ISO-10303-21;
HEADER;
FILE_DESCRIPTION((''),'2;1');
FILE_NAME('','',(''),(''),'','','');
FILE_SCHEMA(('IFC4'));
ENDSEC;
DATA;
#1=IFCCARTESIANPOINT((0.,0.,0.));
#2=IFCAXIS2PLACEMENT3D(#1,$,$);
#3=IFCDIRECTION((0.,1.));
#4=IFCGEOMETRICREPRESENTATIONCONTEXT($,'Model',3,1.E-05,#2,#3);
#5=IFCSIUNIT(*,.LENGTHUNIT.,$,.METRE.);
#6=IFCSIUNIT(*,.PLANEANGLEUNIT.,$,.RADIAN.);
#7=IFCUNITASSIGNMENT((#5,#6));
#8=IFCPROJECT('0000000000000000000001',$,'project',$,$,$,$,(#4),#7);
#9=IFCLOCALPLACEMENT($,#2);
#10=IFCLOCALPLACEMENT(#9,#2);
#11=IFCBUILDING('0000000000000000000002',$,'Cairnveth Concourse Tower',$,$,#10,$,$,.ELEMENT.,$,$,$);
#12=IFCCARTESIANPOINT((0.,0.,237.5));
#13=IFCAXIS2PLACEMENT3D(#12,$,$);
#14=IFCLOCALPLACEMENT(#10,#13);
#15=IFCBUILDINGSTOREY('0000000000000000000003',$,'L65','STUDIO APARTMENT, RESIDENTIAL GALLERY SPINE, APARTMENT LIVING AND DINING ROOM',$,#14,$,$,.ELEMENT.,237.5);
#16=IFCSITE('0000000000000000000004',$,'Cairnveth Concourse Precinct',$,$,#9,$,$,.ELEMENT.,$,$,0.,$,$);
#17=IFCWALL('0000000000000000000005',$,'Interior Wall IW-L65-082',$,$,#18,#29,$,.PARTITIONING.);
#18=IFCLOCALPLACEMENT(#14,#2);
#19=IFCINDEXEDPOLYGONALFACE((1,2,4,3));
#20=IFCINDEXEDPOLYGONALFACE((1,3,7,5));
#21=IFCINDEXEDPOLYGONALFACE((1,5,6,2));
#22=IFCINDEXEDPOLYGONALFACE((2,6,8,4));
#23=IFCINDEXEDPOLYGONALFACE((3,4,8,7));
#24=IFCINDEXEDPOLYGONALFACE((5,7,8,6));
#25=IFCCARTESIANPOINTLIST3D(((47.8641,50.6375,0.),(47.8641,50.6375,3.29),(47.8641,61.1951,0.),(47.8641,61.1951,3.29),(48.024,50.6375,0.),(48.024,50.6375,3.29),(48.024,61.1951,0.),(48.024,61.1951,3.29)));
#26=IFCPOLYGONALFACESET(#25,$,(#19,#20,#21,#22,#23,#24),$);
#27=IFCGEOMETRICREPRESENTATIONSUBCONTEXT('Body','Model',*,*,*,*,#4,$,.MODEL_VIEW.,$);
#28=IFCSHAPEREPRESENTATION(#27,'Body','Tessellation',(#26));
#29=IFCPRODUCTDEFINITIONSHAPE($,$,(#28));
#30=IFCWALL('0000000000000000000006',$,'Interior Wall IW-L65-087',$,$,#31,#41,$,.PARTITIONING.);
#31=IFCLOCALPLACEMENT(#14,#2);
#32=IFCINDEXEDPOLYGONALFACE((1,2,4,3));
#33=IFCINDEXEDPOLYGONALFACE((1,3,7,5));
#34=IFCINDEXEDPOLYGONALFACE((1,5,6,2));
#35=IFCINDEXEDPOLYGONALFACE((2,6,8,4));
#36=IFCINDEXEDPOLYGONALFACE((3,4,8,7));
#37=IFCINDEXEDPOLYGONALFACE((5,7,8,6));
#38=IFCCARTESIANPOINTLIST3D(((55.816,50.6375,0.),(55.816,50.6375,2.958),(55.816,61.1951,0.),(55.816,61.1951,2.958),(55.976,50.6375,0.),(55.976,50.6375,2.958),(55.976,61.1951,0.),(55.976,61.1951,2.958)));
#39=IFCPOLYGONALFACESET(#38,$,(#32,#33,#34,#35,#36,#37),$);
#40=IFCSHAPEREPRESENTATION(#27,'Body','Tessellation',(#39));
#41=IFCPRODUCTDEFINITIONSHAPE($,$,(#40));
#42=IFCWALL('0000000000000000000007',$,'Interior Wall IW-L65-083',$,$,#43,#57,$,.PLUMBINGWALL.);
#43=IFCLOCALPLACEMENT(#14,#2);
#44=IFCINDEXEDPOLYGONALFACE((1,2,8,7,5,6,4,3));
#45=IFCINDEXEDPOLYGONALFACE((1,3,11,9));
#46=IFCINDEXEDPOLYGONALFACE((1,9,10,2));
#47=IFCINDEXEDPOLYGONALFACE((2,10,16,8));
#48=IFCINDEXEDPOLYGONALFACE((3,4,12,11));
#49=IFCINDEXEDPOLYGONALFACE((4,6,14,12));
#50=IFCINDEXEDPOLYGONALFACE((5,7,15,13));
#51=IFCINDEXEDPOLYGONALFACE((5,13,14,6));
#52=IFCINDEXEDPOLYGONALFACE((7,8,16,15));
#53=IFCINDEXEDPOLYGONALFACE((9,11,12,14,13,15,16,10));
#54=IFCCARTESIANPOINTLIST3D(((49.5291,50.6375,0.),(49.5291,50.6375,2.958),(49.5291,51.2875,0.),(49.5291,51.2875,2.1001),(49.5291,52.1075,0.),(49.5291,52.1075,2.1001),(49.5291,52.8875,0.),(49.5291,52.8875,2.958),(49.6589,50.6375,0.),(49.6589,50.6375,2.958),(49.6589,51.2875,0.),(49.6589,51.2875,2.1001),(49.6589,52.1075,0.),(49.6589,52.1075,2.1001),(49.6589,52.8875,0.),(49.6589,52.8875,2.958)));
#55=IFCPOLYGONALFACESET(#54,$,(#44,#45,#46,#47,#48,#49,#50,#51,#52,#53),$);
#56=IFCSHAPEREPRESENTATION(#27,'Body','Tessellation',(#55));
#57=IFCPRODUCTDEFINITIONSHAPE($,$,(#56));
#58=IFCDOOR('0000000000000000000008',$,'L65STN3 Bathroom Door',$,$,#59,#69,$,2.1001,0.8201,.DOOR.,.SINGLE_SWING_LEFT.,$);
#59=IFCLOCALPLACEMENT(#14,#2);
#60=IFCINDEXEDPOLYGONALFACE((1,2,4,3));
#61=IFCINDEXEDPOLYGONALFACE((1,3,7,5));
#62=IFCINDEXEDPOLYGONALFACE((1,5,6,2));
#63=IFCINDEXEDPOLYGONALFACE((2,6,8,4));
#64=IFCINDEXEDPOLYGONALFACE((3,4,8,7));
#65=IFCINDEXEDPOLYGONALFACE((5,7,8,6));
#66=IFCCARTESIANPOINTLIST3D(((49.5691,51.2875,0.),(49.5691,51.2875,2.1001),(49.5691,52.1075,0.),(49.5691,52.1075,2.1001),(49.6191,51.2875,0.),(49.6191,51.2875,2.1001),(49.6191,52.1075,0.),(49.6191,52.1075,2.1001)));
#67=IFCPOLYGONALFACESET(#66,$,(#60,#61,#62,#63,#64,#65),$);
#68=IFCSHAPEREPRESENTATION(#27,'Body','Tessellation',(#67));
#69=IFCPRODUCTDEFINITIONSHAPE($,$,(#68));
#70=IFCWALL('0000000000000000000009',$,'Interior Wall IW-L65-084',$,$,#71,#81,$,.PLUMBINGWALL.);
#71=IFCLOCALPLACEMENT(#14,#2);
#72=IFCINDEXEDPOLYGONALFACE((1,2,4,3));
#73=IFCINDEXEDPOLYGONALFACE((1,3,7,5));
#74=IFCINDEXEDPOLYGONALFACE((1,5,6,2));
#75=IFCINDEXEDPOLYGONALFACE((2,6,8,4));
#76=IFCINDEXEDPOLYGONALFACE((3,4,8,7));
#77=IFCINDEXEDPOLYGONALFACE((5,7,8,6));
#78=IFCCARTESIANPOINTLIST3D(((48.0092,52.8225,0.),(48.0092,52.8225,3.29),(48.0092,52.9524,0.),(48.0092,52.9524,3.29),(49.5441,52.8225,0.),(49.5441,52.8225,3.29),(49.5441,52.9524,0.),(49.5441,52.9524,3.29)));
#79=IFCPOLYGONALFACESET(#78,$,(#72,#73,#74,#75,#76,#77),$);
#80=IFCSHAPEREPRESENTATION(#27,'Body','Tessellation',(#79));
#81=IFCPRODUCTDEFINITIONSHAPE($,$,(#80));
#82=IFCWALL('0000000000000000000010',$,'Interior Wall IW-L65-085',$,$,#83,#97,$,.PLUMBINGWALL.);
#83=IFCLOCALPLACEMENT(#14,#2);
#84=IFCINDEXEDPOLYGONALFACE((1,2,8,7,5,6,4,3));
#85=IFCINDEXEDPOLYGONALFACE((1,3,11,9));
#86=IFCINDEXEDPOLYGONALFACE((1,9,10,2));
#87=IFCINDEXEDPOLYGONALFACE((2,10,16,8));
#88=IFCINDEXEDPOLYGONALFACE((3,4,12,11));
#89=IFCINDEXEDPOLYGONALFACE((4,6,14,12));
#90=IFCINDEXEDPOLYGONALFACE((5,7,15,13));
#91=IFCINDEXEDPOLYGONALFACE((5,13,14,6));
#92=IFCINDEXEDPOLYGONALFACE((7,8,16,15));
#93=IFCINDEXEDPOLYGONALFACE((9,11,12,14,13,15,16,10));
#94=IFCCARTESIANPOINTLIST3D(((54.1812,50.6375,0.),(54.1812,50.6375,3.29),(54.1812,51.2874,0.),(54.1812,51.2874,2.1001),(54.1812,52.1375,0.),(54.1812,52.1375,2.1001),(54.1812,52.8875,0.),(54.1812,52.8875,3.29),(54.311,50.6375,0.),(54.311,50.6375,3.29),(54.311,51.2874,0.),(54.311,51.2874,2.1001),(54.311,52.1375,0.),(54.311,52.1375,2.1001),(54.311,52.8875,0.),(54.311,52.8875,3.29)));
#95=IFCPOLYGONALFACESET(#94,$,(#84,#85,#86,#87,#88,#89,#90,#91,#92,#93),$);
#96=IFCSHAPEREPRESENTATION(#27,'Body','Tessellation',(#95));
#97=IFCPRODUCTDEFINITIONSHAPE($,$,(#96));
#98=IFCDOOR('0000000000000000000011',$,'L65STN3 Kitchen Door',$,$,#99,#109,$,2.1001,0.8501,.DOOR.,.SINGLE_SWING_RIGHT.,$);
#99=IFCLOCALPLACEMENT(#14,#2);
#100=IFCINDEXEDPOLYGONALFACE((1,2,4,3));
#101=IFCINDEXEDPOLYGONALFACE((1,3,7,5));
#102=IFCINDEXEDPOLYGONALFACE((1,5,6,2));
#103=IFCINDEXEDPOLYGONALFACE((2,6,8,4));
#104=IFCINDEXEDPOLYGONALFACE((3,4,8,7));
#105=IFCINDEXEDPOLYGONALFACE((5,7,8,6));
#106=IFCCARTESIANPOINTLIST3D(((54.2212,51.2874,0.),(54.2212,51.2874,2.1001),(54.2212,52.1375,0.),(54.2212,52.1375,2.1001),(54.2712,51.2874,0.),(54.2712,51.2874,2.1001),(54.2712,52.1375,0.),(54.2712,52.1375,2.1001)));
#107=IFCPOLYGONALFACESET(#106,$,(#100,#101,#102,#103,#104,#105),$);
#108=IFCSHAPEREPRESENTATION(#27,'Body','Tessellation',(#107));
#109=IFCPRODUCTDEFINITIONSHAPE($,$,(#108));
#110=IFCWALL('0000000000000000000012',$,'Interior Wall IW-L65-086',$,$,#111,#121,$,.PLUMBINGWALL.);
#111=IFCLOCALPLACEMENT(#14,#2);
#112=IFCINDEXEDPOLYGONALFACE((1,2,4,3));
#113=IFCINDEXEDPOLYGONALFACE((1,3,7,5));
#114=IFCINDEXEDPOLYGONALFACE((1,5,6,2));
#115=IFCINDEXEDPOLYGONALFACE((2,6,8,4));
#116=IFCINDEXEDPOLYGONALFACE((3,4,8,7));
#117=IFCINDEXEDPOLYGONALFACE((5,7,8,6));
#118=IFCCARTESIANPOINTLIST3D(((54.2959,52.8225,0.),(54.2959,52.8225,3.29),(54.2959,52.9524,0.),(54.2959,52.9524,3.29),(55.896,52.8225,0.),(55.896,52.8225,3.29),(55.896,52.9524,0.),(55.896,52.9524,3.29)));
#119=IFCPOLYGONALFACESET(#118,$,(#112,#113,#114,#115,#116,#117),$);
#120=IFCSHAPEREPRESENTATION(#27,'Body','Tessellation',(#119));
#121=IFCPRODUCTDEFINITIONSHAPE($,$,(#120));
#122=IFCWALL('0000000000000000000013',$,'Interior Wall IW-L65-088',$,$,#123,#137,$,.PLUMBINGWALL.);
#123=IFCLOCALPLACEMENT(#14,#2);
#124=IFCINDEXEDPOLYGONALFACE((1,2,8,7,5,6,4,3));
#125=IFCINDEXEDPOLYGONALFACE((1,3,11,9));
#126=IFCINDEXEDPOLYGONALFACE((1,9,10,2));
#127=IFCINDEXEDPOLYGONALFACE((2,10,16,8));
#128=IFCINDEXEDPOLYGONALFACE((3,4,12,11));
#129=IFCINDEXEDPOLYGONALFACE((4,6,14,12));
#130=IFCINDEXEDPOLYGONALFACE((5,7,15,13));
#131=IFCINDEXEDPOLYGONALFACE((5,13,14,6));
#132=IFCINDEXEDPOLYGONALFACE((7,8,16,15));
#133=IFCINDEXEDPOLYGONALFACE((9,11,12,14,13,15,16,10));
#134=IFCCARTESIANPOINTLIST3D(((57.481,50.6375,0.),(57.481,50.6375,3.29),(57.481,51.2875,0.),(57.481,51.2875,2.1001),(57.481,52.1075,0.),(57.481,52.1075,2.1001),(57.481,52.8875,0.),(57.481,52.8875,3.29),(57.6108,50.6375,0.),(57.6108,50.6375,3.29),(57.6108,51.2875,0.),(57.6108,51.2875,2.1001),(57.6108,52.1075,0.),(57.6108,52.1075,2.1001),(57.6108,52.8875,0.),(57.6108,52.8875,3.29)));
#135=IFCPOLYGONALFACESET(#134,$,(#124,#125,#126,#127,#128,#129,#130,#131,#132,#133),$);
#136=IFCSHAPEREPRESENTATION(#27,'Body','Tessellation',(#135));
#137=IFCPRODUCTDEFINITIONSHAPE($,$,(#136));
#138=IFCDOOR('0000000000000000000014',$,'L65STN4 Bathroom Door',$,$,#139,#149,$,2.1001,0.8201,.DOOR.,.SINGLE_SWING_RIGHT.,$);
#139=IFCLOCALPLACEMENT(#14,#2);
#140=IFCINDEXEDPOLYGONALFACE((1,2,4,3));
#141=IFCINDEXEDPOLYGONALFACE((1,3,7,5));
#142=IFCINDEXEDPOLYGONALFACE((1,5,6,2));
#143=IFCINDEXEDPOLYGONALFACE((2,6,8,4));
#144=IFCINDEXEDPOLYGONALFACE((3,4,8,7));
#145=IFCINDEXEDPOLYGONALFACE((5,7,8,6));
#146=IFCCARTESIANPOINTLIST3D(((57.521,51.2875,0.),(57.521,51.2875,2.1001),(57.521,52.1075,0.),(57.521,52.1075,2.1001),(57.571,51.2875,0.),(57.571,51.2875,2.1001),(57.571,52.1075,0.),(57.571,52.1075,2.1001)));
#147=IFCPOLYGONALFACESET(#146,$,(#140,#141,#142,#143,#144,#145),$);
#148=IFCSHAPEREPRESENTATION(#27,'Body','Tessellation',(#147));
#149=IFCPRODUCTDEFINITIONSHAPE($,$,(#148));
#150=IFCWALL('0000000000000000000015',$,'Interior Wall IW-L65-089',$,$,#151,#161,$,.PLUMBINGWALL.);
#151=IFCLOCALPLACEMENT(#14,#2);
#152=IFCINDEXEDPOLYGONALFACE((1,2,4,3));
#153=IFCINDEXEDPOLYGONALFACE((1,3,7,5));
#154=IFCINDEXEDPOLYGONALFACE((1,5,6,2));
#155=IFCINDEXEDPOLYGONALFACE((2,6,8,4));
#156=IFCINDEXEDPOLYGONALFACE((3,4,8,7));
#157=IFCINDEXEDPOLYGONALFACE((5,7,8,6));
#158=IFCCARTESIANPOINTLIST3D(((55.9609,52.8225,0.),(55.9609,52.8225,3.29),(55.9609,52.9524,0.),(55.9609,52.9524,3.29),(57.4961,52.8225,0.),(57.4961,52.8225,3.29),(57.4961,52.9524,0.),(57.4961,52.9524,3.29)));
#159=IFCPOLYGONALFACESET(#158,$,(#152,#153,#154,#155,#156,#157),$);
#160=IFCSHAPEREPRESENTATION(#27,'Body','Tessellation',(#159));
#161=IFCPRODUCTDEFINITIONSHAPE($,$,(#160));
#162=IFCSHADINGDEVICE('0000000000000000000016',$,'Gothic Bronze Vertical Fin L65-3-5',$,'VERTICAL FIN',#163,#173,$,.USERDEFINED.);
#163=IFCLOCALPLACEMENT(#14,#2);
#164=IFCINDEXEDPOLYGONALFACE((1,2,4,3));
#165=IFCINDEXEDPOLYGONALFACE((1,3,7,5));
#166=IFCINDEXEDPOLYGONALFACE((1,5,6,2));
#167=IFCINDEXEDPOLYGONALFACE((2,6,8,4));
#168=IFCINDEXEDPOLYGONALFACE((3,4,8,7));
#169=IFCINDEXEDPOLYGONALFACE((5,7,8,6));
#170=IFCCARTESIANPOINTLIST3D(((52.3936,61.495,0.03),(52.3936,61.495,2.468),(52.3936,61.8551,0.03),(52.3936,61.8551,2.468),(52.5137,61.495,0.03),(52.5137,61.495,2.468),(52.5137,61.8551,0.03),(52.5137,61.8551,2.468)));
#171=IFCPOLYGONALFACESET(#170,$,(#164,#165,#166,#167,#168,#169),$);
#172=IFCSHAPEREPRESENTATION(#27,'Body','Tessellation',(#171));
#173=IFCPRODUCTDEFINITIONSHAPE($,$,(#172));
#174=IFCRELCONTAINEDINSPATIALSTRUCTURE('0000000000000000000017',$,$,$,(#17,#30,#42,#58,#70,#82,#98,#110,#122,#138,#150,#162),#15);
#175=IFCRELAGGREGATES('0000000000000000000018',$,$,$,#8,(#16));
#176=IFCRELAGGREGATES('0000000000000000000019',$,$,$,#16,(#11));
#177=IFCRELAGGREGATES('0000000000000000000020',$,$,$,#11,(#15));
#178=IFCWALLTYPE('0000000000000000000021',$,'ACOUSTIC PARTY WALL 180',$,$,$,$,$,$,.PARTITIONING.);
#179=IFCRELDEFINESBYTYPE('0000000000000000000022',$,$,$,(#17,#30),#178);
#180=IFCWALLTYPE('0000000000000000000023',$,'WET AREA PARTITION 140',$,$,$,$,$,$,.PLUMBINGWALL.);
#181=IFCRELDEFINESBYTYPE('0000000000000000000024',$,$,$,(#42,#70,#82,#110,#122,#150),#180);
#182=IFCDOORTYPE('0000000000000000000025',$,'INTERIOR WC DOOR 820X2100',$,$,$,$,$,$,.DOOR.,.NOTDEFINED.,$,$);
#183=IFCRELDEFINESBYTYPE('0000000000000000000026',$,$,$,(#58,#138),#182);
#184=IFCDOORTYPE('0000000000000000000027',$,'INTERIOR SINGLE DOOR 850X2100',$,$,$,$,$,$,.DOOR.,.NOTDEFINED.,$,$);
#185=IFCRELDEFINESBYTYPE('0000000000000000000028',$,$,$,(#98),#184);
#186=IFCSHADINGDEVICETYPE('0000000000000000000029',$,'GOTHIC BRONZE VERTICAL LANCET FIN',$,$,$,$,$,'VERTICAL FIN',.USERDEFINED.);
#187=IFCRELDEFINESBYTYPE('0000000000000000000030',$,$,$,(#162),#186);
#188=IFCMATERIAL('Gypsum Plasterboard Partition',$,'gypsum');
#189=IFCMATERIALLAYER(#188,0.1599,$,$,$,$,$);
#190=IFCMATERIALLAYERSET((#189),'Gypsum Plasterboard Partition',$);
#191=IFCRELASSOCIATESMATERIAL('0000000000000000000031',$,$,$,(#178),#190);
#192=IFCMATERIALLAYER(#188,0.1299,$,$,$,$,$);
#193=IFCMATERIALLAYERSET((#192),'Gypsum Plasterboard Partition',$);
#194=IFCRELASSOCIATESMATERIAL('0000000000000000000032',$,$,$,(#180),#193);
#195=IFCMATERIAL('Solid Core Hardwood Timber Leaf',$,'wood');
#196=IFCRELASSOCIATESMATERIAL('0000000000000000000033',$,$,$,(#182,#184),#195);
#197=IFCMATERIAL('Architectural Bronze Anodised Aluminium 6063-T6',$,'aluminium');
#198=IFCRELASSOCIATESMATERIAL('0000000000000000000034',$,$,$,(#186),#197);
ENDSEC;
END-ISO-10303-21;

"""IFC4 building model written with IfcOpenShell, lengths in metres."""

from ifc_helpers import new_model, si_unit, direction, frame, frame_2d, origin, origin_2d, place, context, subcontext, project, spatial, rectangle, extrude, material, layer, layer_set, type_object, element, fill, save


model = new_model("IFC4")

# Units and contexts
model_context = context("Model", 3, precision=1e-05, world=origin(), true_north=direction((0.0, 1.0)))
body_context = subcontext(model_context, "Body", "Model", "MODEL_VIEW")
ifc_project = project(units=[si_unit("LENGTHUNIT", "METRE"), si_unit("PLANEANGLEUNIT", "RADIAN")], contexts=[model_context])

# Site, building, storey
site_placement = place(None, origin())
site = spatial("IfcSite", under=ifc_project, at=site_placement, Name="Cairnveth Concourse Precinct", CompositionType="ELEMENT", RefElevation=0.0)
building_placement = place(site_placement, origin())
building = spatial("IfcBuilding", under=site, at=building_placement, Name="Cairnveth Concourse Tower", CompositionType="ELEMENT")
storey_placement = place(building_placement, frame((0.0, 0.0, 237.5)))
storey = spatial("IfcBuildingStorey", under=building, at=storey_placement, Name="L65", Description="STUDIO APARTMENT, RESIDENTIAL GALLERY SPINE, APARTMENT LIVING AND DINING ROOM", CompositionType="ELEMENT", Elevation=237.5)

# Walls
ifc_material_1 = material(Name="Gypsum Plasterboard Partition", Category="gypsum")
ifc_layer_1 = layer(ifc_material_1, 0.1599)
ifc_layer_set_1 = layer_set([ifc_layer_1], Name="Gypsum Plasterboard Partition")
wall_type_1 = type_object("IfcWallType", Name="ACOUSTIC PARTY WALL 180", PredefinedType="PARTITIONING", material=ifc_layer_set_1)
wall_1_placement = place(storey_placement, frame((47.9441, 50.6375, 0.0), z_axis=(0.0, 0.0, 1.0), x_axis=(0.0, 1.0, 0.0)))
element("IfcWall", 1, at=wall_1_placement, inside=storey, type_object=wall_type_1, Name="Interior Wall IW-L65-082", PredefinedType="PARTITIONING", context=body_context, shape_type="SweptSolid", body=[
    extrude(rectangle(XDim=10.5576, YDim=0.1599, at=frame_2d((5.2788, 0.0))), origin(), (0.0, 0.0, 1.0), 3.29),
])
wall_2_placement = place(storey_placement, frame((55.896, 50.6375, 0.0), z_axis=(0.0, 0.0, 1.0), x_axis=(0.0, 1.0, 0.0)))
element("IfcWall", 2, at=wall_2_placement, inside=storey, type_object=wall_type_1, Name="Interior Wall IW-L65-087", PredefinedType="PARTITIONING", context=body_context, shape_type="SweptSolid", body=[
    extrude(rectangle(XDim=10.5576, YDim=0.1599, at=frame_2d((5.2788, 0.0))), origin(), (0.0, 0.0, 1.0), 2.958),
])

# Wall, opening, door
ifc_layer_2 = layer(ifc_material_1, 0.1299)
ifc_layer_set_2 = layer_set([ifc_layer_2], Name="Gypsum Plasterboard Partition")
wall_type_2 = type_object("IfcWallType", Name="WET AREA PARTITION 140", PredefinedType="PLUMBINGWALL", material=ifc_layer_set_2)
wall_3_placement = place(storey_placement, frame((49.594, 50.6375, 0.0), z_axis=(0.0, 0.0, 1.0), x_axis=(0.0, 1.0, 0.0)))
wall_3 = element("IfcWall", 3, at=wall_3_placement, inside=storey, type_object=wall_type_2, Name="Interior Wall IW-L65-083", PredefinedType="PLUMBINGWALL", context=body_context, shape_type="SweptSolid", body=[
    extrude(rectangle(XDim=2.25, YDim=0.1299, at=frame_2d((1.125, 0.0))), origin(), (0.0, 0.0, 1.0), 2.958),
])
opening_1_placement = place(wall_3_placement, frame((0.6499, 0.0, 0.0)))
opening_1 = element("IfcOpeningElement", 4, at=opening_1_placement, cuts=wall_3, PredefinedType="OPENING", context=body_context, shape_type="SweptSolid", body=[
    extrude(rectangle(XDim=0.8201, YDim=2.1001, at=frame_2d((0.4102, 1.05))), frame((0.0, 0.075, 0.0), z_axis=(0.0, -1.0, 0.0), x_axis=(1.0, 0.0, 0.0)), (0.0, 0.0, 1.0), 0.1499),
])
ifc_material_2 = material(Name="Solid Core Hardwood Timber Leaf", Category="wood")
door_type_1 = type_object("IfcDoorType", Name="INTERIOR WC DOOR 820X2100", OperationType="NOTDEFINED", PredefinedType="DOOR", material=ifc_material_2)
door_1_placement = place(opening_1_placement, origin())
door_1 = element("IfcDoor", 5, at=door_1_placement, inside=storey, type_object=door_type_1, Name="L65STN3 Bathroom Door", OperationType="SINGLE_SWING_LEFT", OverallHeight=2.1001, OverallWidth=0.8201, PredefinedType="DOOR", context=body_context, shape_type="SweptSolid", body=[
    extrude(rectangle(XDim=0.8201, YDim=2.1001, at=frame_2d((0.4102, 1.05))), frame((0.0, 0.0249, 0.0), z_axis=(0.0, -1.0, 0.0), x_axis=(1.0, 0.0, 0.0)), (0.0, 0.0, 1.0), 0.05),
])
fill(opening_1, door_1)

# Wall
wall_4_placement = place(storey_placement, frame((48.009, 52.8875, 0.0), z_axis=(0.0, 0.0, 1.0), x_axis=(1.0, 0.0, 0.0)))
element("IfcWall", 6, at=wall_4_placement, inside=storey, type_object=wall_type_2, Name="Interior Wall IW-L65-084", PredefinedType="PLUMBINGWALL", context=body_context, shape_type="SweptSolid", body=[
    extrude(rectangle(XDim=1.5349, YDim=0.1299, at=frame_2d((0.7676, 0.0))), origin(), (0.0, 0.0, 1.0), 3.29),
])

# Wall, opening, door
wall_5_placement = place(storey_placement, frame((54.2461, 50.6375, 0.0), z_axis=(0.0, 0.0, 1.0), x_axis=(0.0, 1.0, 0.0)))
wall_5 = element("IfcWall", 7, at=wall_5_placement, inside=storey, type_object=wall_type_2, Name="Interior Wall IW-L65-085", PredefinedType="PLUMBINGWALL", context=body_context, shape_type="SweptSolid", body=[
    extrude(rectangle(XDim=2.25, YDim=0.1299, at=frame_2d((1.125, 0.0))), origin(), (0.0, 0.0, 1.0), 3.29),
])
opening_2_placement = place(wall_5_placement, frame((0.6499, 0.0, 0.0)))
opening_2 = element("IfcOpeningElement", 8, at=opening_2_placement, cuts=wall_5, PredefinedType="OPENING", context=body_context, shape_type="SweptSolid", body=[
    extrude(rectangle(XDim=0.8501, YDim=2.1001, at=frame_2d((0.425, 1.05))), frame((0.0, 0.075, 0.0), z_axis=(0.0, -1.0, 0.0), x_axis=(1.0, 0.0, 0.0)), (0.0, 0.0, 1.0), 0.1499),
])
door_type_2 = type_object("IfcDoorType", Name="INTERIOR SINGLE DOOR 850X2100", OperationType="NOTDEFINED", PredefinedType="DOOR", material=ifc_material_2)
door_2_placement = place(opening_2_placement, origin())
door_2 = element("IfcDoor", 9, at=door_2_placement, inside=storey, type_object=door_type_2, Name="L65STN3 Kitchen Door", OperationType="SINGLE_SWING_RIGHT", OverallHeight=2.1001, OverallWidth=0.8501, PredefinedType="DOOR", context=body_context, shape_type="SweptSolid", body=[
    extrude(rectangle(XDim=0.8501, YDim=2.1001, at=frame_2d((0.425, 1.05))), frame((0.0, 0.0249, 0.0), z_axis=(0.0, -1.0, 0.0), x_axis=(1.0, 0.0, 0.0)), (0.0, 0.0, 1.0), 0.05),
])
fill(opening_2, door_2)

# Wall
wall_6_placement = place(storey_placement, frame((54.2959, 52.8875, 0.0), z_axis=(0.0, 0.0, 1.0), x_axis=(1.0, 0.0, 0.0)))
element("IfcWall", 10, at=wall_6_placement, inside=storey, type_object=wall_type_2, Name="Interior Wall IW-L65-086", PredefinedType="PLUMBINGWALL", context=body_context, shape_type="SweptSolid", body=[
    extrude(rectangle(XDim=1.6001, YDim=0.1299, at=frame_2d((0.8, 0.0))), origin(), (0.0, 0.0, 1.0), 3.29),
])

# Wall, opening, door
wall_7_placement = place(storey_placement, frame((57.5459, 50.6375, 0.0), z_axis=(0.0, 0.0, 1.0), x_axis=(0.0, 1.0, 0.0)))
wall_7 = element("IfcWall", 11, at=wall_7_placement, inside=storey, type_object=wall_type_2, Name="Interior Wall IW-L65-088", PredefinedType="PLUMBINGWALL", context=body_context, shape_type="SweptSolid", body=[
    extrude(rectangle(XDim=2.25, YDim=0.1299, at=frame_2d((1.125, 0.0))), origin(), (0.0, 0.0, 1.0), 3.29),
])
opening_3_placement = place(wall_7_placement, frame((0.6499, 0.0, 0.0)))
opening_3 = element("IfcOpeningElement", 12, at=opening_3_placement, cuts=wall_7, PredefinedType="OPENING", context=body_context, shape_type="SweptSolid", body=[
    extrude(rectangle(XDim=0.8201, YDim=2.1001, at=frame_2d((0.4102, 1.05))), frame((0.0, 0.075, 0.0), z_axis=(0.0, -1.0, 0.0), x_axis=(1.0, 0.0, 0.0)), (0.0, 0.0, 1.0), 0.1499),
])
door_3_placement = place(opening_3_placement, origin())
door_3 = element("IfcDoor", 13, at=door_3_placement, inside=storey, type_object=door_type_1, Name="L65STN4 Bathroom Door", OperationType="SINGLE_SWING_RIGHT", OverallHeight=2.1001, OverallWidth=0.8201, PredefinedType="DOOR", context=body_context, shape_type="SweptSolid", body=[
    extrude(rectangle(XDim=0.8201, YDim=2.1001, at=frame_2d((0.4102, 1.05))), frame((0.0, 0.0249, 0.0), z_axis=(0.0, -1.0, 0.0), x_axis=(1.0, 0.0, 0.0)), (0.0, 0.0, 1.0), 0.05),
])
fill(opening_3, door_3)

# Wall
wall_8_placement = place(storey_placement, frame((55.9609, 52.8875, 0.0), z_axis=(0.0, 0.0, 1.0), x_axis=(1.0, 0.0, 0.0)))
element("IfcWall", 14, at=wall_8_placement, inside=storey, type_object=wall_type_2, Name="Interior Wall IW-L65-089", PredefinedType="PLUMBINGWALL", context=body_context, shape_type="SweptSolid", body=[
    extrude(rectangle(XDim=1.5352, YDim=0.1299, at=frame_2d((0.7676, 0.0))), origin(), (0.0, 0.0, 1.0), 3.29),
])

# Shading device
ifc_material_3 = material(Name="Architectural Bronze Anodised Aluminium 6063-T6", Category="aluminium")
shading_device_type = type_object("IfcShadingDeviceType", Name="GOTHIC BRONZE VERTICAL LANCET FIN", ElementType="VERTICAL FIN", PredefinedType="USERDEFINED", material=ifc_material_3)
for number, where, z_axis, x_axis, name in (
    (15, (52.4536, 61.675, 0.03), (0.0, 0.0, 1.0), (1.0, 0.0, 0.0), "Gothic Bronze Vertical Fin L65-3-5"),
):
    element("IfcShadingDevice", number, at=place(storey_placement, frame(where, z_axis=z_axis, x_axis=x_axis)), inside=storey, type_object=shading_device_type, Name=name, ObjectType="VERTICAL FIN", PredefinedType="USERDEFINED", context=body_context, shape_type="SweptSolid", body=[
        extrude(rectangle(XDim=0.1201, YDim=0.3601, at=origin_2d()), origin(), (0.0, 0.0, 1.0), 2.438),
    ])

save(model, "model.ifc")
